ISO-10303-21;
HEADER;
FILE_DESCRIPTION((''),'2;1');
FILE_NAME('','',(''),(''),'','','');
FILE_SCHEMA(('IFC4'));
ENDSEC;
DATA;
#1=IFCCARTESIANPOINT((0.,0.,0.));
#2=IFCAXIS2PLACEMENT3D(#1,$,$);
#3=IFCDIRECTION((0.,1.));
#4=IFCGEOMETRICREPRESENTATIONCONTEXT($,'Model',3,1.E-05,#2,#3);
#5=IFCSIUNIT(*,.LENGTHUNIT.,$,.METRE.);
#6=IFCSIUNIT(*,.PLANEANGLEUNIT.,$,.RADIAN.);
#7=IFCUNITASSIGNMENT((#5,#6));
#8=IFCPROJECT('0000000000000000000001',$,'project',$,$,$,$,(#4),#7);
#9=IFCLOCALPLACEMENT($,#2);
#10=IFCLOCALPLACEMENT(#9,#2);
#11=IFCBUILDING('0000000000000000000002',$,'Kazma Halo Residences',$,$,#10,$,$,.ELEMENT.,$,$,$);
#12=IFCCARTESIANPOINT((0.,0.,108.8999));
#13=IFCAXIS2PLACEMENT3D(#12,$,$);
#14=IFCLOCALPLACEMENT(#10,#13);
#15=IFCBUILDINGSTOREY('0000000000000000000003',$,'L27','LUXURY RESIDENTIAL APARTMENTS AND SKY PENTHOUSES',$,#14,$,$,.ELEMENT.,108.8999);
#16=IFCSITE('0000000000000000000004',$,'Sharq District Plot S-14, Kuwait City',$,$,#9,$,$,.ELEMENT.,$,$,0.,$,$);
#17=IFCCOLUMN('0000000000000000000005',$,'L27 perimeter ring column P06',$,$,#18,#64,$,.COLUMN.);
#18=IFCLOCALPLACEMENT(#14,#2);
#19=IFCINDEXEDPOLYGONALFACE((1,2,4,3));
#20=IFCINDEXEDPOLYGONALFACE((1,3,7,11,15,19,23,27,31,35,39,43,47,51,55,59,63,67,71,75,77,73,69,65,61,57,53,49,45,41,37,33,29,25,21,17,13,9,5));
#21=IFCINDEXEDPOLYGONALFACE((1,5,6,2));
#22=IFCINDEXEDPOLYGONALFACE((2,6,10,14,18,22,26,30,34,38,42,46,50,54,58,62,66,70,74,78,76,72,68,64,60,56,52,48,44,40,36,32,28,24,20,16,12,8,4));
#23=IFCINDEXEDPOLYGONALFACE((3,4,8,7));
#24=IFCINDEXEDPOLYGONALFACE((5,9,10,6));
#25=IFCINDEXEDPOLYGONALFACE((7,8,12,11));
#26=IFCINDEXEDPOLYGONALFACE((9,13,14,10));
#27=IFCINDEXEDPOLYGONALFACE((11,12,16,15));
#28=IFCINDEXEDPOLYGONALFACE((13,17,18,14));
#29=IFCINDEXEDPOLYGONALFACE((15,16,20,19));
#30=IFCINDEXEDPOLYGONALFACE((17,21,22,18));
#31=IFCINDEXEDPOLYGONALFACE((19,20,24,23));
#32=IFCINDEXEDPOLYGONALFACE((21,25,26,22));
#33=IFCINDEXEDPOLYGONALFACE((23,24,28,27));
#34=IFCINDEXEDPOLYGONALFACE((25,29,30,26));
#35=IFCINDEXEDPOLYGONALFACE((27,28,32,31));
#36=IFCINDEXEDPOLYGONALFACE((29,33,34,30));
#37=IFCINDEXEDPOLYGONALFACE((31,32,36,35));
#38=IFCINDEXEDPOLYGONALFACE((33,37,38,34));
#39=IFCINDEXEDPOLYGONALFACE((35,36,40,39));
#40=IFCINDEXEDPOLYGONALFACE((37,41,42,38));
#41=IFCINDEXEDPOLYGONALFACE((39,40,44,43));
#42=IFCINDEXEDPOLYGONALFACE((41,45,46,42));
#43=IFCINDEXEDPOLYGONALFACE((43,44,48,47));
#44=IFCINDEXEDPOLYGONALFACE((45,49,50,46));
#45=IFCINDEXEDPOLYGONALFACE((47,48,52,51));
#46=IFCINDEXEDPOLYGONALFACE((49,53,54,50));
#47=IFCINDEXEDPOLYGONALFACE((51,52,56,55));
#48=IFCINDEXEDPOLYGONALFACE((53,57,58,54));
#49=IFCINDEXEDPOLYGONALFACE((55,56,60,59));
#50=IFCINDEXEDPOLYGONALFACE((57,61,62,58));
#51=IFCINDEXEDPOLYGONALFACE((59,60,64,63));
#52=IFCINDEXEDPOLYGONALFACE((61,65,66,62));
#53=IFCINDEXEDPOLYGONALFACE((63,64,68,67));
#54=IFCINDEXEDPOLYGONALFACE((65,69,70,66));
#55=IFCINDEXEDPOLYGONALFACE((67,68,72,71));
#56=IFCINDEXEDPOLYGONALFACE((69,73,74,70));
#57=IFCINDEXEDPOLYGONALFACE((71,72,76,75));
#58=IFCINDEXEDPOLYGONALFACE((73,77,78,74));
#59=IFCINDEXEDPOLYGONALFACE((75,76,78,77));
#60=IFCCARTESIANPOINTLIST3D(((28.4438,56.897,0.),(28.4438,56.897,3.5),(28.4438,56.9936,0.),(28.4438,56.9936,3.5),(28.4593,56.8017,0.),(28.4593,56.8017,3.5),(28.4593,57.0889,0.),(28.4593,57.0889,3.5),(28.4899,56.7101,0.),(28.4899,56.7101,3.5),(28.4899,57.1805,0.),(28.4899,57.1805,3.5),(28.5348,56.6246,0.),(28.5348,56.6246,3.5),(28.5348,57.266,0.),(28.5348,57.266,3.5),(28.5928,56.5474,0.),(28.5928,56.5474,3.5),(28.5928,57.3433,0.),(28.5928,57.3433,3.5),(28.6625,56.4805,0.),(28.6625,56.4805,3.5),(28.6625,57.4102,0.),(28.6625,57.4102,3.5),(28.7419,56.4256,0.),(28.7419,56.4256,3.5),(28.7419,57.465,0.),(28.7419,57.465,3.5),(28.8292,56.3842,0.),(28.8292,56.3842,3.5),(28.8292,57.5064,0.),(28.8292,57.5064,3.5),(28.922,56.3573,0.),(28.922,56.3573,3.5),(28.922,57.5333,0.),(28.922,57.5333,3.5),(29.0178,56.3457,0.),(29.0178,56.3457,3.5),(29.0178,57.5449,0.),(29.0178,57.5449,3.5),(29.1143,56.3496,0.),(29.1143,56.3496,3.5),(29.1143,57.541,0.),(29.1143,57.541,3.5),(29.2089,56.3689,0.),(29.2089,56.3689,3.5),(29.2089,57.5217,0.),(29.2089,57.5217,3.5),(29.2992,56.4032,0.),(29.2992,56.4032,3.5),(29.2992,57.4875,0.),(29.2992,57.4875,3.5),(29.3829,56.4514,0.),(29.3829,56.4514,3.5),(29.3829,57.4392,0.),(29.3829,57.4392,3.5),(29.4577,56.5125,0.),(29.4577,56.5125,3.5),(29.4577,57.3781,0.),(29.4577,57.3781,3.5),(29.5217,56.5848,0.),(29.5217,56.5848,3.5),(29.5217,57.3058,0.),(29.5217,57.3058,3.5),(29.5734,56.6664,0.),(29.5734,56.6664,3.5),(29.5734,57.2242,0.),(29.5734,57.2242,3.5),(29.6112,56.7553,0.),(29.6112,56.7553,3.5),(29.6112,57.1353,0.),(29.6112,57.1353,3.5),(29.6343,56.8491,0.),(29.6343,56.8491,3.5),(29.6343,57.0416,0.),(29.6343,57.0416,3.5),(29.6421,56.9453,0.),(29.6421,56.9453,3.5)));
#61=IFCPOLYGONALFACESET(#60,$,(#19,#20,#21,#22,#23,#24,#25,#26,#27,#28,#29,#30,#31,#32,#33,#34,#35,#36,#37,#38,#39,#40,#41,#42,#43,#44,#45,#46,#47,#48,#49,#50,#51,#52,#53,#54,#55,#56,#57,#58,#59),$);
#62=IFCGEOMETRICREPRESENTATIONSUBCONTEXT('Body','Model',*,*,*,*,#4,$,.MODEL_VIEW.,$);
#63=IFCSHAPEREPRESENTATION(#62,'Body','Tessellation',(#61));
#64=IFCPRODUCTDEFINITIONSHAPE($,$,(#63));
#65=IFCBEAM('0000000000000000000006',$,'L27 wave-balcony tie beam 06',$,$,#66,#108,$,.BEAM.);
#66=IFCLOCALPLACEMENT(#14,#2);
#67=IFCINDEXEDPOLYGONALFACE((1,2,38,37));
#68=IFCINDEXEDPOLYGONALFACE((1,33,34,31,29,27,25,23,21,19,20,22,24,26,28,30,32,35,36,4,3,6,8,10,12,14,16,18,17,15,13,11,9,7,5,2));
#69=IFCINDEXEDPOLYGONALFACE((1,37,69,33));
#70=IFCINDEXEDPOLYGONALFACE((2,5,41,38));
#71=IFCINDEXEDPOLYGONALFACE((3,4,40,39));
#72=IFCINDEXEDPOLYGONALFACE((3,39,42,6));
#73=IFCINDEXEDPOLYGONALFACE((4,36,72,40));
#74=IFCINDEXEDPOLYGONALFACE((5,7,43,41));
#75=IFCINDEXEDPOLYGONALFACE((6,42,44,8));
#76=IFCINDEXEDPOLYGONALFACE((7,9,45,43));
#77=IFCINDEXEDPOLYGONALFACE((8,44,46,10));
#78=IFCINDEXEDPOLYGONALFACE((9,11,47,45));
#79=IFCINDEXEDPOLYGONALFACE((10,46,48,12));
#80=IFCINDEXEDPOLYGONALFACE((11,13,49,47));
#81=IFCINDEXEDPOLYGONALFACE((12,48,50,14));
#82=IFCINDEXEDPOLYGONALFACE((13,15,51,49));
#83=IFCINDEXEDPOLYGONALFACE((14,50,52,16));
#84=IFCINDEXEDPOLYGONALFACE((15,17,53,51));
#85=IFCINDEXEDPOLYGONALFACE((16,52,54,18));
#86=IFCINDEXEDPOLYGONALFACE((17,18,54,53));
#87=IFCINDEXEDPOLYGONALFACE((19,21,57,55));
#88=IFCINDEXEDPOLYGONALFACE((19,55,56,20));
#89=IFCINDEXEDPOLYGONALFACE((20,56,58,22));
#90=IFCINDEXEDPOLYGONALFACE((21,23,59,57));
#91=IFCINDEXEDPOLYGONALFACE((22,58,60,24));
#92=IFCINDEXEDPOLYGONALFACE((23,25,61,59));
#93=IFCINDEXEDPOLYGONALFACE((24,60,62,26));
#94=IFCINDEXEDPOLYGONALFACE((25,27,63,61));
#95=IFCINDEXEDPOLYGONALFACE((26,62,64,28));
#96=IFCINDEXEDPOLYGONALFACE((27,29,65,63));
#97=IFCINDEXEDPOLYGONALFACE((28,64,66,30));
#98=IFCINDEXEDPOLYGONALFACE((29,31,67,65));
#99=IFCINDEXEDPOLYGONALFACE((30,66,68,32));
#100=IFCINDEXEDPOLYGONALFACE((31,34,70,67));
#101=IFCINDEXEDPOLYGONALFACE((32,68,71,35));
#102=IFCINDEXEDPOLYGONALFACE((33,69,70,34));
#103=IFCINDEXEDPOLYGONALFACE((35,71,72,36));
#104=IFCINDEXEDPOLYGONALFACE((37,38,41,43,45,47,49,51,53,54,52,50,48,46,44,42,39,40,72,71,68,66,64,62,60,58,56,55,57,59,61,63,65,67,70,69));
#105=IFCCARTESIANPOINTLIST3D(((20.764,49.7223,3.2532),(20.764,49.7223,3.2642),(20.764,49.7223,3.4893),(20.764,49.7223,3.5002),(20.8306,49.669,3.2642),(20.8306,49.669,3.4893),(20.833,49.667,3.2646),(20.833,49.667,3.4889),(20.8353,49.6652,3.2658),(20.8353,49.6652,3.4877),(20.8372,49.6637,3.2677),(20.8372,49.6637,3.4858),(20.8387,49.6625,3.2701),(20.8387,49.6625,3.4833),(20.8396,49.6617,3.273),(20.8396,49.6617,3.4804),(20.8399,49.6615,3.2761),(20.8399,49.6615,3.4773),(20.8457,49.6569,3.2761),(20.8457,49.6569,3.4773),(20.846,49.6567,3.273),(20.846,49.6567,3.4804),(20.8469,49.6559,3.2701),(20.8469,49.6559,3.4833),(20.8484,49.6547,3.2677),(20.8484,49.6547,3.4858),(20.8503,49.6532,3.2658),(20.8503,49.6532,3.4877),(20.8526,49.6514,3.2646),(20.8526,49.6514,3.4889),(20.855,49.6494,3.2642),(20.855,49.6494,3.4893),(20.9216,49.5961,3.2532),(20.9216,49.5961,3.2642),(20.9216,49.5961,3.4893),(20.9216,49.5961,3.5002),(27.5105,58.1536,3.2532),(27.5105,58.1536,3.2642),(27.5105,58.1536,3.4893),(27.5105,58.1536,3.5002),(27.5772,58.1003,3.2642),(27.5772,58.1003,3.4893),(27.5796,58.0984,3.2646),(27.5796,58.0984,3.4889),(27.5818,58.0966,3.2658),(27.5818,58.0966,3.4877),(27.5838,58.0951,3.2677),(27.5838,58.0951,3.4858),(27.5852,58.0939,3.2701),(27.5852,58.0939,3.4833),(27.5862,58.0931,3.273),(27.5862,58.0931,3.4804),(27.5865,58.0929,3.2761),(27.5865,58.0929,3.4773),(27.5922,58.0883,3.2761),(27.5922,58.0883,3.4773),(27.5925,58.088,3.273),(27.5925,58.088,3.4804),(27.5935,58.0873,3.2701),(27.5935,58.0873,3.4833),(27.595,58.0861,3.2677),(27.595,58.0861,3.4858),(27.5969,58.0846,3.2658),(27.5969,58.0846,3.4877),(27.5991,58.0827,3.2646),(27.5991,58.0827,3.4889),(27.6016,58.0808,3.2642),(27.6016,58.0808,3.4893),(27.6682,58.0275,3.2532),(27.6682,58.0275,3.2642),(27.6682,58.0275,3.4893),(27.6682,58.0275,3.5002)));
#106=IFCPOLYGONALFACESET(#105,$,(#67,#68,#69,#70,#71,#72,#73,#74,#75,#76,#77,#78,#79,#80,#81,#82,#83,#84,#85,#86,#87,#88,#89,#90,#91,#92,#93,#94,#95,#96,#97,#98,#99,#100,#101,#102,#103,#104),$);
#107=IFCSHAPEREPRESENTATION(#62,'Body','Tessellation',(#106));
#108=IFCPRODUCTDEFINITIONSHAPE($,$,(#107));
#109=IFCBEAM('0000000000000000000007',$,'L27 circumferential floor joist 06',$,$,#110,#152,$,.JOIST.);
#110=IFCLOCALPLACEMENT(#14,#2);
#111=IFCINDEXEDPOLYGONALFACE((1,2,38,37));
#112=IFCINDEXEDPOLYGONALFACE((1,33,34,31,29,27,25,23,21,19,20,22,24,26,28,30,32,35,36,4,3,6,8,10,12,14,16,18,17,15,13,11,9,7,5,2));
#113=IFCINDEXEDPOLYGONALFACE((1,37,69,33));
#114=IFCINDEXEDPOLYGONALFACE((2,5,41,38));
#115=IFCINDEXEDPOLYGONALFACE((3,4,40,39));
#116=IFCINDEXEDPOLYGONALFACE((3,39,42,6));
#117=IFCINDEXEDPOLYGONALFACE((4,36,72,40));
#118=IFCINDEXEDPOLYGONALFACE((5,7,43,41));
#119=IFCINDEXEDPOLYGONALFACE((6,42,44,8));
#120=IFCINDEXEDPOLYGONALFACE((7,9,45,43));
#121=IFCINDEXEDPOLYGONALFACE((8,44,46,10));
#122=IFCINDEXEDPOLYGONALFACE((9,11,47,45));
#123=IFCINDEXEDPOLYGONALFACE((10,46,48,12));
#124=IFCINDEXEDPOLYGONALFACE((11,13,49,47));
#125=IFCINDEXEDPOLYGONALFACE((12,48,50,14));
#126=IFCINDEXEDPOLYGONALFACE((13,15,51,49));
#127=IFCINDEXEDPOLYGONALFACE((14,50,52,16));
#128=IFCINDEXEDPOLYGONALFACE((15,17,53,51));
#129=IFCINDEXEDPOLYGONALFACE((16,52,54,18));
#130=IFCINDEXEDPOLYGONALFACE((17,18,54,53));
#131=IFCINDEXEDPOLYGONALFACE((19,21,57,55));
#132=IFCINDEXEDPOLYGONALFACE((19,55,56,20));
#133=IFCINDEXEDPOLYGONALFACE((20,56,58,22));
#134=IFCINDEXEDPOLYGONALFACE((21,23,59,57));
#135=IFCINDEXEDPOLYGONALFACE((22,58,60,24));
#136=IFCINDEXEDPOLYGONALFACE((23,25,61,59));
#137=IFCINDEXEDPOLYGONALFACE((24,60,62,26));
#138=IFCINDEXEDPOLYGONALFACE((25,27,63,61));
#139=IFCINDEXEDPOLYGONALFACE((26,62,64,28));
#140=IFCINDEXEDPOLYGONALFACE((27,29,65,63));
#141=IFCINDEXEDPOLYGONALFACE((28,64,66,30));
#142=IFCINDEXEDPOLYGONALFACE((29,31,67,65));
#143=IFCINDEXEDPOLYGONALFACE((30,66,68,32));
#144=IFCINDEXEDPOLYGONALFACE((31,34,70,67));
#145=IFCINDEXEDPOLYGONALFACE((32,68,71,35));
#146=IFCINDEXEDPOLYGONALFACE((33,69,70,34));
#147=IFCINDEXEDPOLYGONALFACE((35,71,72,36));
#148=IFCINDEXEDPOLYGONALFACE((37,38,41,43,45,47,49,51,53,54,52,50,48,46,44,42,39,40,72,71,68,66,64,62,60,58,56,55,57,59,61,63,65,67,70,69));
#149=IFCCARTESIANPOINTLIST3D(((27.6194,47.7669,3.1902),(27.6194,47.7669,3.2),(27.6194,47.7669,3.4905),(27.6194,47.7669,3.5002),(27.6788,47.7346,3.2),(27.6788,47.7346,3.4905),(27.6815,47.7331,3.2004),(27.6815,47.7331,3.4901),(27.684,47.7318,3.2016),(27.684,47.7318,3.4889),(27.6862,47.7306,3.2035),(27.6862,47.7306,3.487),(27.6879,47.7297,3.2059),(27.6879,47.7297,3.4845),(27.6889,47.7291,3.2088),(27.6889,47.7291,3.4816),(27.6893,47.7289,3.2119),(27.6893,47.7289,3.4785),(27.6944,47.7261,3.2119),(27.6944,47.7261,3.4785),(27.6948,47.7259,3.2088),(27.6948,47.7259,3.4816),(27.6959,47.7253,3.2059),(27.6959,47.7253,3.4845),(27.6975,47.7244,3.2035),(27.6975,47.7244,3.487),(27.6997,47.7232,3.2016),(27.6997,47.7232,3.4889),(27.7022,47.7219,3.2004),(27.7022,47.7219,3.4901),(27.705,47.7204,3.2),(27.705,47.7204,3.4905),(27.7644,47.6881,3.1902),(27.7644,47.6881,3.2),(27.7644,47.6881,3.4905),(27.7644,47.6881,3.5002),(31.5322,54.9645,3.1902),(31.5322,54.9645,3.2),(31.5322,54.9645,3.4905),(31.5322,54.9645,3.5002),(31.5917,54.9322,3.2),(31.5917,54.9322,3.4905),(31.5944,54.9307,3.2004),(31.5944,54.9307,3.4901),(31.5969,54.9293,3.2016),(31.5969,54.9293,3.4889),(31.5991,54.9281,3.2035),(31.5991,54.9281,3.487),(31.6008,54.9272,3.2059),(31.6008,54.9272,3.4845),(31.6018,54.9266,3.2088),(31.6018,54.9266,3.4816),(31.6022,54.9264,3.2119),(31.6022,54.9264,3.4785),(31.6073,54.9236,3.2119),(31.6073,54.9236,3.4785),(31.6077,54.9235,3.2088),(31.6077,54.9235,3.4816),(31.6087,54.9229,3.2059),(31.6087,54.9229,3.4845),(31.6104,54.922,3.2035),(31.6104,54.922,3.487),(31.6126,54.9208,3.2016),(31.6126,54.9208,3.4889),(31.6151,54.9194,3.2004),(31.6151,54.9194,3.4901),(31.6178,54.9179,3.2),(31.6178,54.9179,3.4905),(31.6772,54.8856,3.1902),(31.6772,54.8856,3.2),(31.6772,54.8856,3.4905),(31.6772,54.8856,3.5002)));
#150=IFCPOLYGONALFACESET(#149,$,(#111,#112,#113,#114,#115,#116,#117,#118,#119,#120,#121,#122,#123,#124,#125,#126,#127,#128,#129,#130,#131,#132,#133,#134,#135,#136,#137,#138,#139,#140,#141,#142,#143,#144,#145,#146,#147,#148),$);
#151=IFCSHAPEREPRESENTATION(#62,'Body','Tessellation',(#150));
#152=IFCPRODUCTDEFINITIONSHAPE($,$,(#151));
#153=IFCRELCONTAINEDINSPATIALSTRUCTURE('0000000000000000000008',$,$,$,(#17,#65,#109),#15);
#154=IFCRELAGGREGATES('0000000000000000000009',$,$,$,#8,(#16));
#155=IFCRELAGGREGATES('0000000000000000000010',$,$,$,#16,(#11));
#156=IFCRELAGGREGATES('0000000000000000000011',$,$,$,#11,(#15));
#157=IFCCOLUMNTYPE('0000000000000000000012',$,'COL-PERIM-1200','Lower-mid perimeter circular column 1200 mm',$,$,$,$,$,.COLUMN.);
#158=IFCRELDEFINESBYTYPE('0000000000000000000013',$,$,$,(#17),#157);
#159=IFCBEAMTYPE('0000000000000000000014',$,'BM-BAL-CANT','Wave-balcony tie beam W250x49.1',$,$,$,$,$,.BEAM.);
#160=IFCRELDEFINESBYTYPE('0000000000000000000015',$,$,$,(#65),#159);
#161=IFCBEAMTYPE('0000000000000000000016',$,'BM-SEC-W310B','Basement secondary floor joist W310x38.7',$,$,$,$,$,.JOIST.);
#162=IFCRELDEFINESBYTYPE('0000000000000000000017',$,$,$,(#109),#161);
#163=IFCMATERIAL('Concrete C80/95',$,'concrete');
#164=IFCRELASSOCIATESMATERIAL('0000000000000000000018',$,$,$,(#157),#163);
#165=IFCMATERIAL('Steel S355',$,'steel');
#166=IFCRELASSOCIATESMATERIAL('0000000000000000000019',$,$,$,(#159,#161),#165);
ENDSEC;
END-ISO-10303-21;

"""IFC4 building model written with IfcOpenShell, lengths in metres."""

from ifc_helpers import new_model, si_unit, direction, frame, origin, origin_2d, place, context, subcontext, project, spatial, circle, i_section, extrude, material, material_profile, profile_set, type_object, element, save


model = new_model("IFC4")

# Units and contexts
model_context = context("Model", 3, precision=1e-05, world=origin(), true_north=direction((0.0, 1.0)))
body_context = subcontext(model_context, "Body", "Model", "MODEL_VIEW")
ifc_project = project(units=[si_unit("LENGTHUNIT", "METRE"), si_unit("PLANEANGLEUNIT", "RADIAN")], contexts=[model_context])

# Site, building, storey
site_placement = place(None, origin())
site = spatial("IfcSite", under=ifc_project, at=site_placement, Name="Sharq District Plot S-14, Kuwait City", CompositionType="ELEMENT", RefElevation=0.0)
building_placement = place(site_placement, origin())
building = spatial("IfcBuilding", under=site, at=building_placement, Name="Kazma Halo Residences", CompositionType="ELEMENT")
storey_placement = place(building_placement, frame((0.0, 0.0, 108.8999)))
storey = spatial("IfcBuildingStorey", under=building, at=storey_placement, Name="L27", Description="LUXURY RESIDENTIAL APARTMENTS AND SKY PENTHOUSES", CompositionType="ELEMENT", Elevation=108.8999)

# Column
ifc_material_1 = material(Name="Concrete C80/95", Category="concrete")
ifc_material_profile_1 = material_profile(ifc_material_1, circle(Radius=0.6001, at=origin_2d()), Name="CIRC1200")
ifc_profile_set_1 = profile_set([ifc_material_profile_1], Name="Concrete C80/95")
column_type = type_object("IfcColumnType", Name="COL-PERIM-1200", Description="Lower-mid perimeter circular column 1200 mm", PredefinedType="COLUMN", material=ifc_profile_set_1)
column_placement = place(storey_placement, frame((29.042, 56.9453, 0.0), z_axis=(0.0, 0.0, 1.0), x_axis=(1.0, 0.0, 0.0)))
element("IfcColumn", 1, at=column_placement, inside=storey, type_object=column_type, Name="L27 perimeter ring column P06", PredefinedType="COLUMN", context=body_context, shape_type="SweptSolid", body=[
    extrude(circle(Radius=0.6001, at=origin_2d()), origin(), (0.0, 0.0, 1.0), 3.5),
])

# Beams
ifc_material_2 = material(Name="Steel S355", Category="steel")
ifc_material_profile_2 = material_profile(ifc_material_2, i_section(OverallWidth=0.2019, OverallDepth=0.2471, WebThickness=0.0073, FlangeThickness=0.011, FilletRadius=0.012, at=origin_2d()), Name="W250x49.1")
ifc_profile_set_2 = profile_set([ifc_material_profile_2], Name="Steel S355")
beam_type_1 = type_object("IfcBeamType", Name="BM-BAL-CANT", Description="Wave-balcony tie beam W250x49.1", PredefinedType="BEAM", material=ifc_profile_set_2)
beam_1_placement = place(storey_placement, frame((27.5894, 58.0906, 3.3767), z_axis=(-0.624778, -0.780803, 0.0), x_axis=(0.780803, -0.624778, 0.0)))
element("IfcBeam", 2, at=beam_1_placement, inside=storey, type_object=beam_type_1, Name="L27 wave-balcony tie beam 06", PredefinedType="BEAM", context=body_context, shape_type="SweptSolid", body=[
    extrude(i_section(OverallWidth=0.2019, OverallDepth=0.2471, WebThickness=0.0073, FlangeThickness=0.011, FilletRadius=0.012, at=origin_2d()), origin(), (0.0, 0.0, 1.0), 10.7983),
])
ifc_material_profile_3 = material_profile(ifc_material_2, i_section(OverallWidth=0.165, OverallDepth=0.3101, WebThickness=0.0059, FlangeThickness=0.0098, FilletRadius=0.012, at=origin_2d()), Name="W310x38.7")
ifc_profile_set_3 = profile_set([ifc_material_profile_3], Name="Steel S355")
beam_type_2 = type_object("IfcBeamType", Name="BM-SEC-W310B", Description="Basement secondary floor joist W310x38.7", PredefinedType="JOIST", material=ifc_profile_set_3)
beam_2_placement = place(storey_placement, frame((31.6047, 54.925, 3.3452), z_axis=(-0.477622, -0.878566, 0.0), x_axis=(0.878566, -0.477622, 0.0)))
element("IfcBeam", 3, at=beam_2_placement, inside=storey, type_object=beam_type_2, Name="L27 circumferential floor joist 06", PredefinedType="JOIST", context=body_context, shape_type="SweptSolid", body=[
    extrude(i_section(OverallWidth=0.165, OverallDepth=0.3101, WebThickness=0.0059, FlangeThickness=0.0098, FilletRadius=0.012, at=origin_2d()), origin(), (0.0, 0.0, 1.0), 8.1924),
])

save(model, "model.ifc")
